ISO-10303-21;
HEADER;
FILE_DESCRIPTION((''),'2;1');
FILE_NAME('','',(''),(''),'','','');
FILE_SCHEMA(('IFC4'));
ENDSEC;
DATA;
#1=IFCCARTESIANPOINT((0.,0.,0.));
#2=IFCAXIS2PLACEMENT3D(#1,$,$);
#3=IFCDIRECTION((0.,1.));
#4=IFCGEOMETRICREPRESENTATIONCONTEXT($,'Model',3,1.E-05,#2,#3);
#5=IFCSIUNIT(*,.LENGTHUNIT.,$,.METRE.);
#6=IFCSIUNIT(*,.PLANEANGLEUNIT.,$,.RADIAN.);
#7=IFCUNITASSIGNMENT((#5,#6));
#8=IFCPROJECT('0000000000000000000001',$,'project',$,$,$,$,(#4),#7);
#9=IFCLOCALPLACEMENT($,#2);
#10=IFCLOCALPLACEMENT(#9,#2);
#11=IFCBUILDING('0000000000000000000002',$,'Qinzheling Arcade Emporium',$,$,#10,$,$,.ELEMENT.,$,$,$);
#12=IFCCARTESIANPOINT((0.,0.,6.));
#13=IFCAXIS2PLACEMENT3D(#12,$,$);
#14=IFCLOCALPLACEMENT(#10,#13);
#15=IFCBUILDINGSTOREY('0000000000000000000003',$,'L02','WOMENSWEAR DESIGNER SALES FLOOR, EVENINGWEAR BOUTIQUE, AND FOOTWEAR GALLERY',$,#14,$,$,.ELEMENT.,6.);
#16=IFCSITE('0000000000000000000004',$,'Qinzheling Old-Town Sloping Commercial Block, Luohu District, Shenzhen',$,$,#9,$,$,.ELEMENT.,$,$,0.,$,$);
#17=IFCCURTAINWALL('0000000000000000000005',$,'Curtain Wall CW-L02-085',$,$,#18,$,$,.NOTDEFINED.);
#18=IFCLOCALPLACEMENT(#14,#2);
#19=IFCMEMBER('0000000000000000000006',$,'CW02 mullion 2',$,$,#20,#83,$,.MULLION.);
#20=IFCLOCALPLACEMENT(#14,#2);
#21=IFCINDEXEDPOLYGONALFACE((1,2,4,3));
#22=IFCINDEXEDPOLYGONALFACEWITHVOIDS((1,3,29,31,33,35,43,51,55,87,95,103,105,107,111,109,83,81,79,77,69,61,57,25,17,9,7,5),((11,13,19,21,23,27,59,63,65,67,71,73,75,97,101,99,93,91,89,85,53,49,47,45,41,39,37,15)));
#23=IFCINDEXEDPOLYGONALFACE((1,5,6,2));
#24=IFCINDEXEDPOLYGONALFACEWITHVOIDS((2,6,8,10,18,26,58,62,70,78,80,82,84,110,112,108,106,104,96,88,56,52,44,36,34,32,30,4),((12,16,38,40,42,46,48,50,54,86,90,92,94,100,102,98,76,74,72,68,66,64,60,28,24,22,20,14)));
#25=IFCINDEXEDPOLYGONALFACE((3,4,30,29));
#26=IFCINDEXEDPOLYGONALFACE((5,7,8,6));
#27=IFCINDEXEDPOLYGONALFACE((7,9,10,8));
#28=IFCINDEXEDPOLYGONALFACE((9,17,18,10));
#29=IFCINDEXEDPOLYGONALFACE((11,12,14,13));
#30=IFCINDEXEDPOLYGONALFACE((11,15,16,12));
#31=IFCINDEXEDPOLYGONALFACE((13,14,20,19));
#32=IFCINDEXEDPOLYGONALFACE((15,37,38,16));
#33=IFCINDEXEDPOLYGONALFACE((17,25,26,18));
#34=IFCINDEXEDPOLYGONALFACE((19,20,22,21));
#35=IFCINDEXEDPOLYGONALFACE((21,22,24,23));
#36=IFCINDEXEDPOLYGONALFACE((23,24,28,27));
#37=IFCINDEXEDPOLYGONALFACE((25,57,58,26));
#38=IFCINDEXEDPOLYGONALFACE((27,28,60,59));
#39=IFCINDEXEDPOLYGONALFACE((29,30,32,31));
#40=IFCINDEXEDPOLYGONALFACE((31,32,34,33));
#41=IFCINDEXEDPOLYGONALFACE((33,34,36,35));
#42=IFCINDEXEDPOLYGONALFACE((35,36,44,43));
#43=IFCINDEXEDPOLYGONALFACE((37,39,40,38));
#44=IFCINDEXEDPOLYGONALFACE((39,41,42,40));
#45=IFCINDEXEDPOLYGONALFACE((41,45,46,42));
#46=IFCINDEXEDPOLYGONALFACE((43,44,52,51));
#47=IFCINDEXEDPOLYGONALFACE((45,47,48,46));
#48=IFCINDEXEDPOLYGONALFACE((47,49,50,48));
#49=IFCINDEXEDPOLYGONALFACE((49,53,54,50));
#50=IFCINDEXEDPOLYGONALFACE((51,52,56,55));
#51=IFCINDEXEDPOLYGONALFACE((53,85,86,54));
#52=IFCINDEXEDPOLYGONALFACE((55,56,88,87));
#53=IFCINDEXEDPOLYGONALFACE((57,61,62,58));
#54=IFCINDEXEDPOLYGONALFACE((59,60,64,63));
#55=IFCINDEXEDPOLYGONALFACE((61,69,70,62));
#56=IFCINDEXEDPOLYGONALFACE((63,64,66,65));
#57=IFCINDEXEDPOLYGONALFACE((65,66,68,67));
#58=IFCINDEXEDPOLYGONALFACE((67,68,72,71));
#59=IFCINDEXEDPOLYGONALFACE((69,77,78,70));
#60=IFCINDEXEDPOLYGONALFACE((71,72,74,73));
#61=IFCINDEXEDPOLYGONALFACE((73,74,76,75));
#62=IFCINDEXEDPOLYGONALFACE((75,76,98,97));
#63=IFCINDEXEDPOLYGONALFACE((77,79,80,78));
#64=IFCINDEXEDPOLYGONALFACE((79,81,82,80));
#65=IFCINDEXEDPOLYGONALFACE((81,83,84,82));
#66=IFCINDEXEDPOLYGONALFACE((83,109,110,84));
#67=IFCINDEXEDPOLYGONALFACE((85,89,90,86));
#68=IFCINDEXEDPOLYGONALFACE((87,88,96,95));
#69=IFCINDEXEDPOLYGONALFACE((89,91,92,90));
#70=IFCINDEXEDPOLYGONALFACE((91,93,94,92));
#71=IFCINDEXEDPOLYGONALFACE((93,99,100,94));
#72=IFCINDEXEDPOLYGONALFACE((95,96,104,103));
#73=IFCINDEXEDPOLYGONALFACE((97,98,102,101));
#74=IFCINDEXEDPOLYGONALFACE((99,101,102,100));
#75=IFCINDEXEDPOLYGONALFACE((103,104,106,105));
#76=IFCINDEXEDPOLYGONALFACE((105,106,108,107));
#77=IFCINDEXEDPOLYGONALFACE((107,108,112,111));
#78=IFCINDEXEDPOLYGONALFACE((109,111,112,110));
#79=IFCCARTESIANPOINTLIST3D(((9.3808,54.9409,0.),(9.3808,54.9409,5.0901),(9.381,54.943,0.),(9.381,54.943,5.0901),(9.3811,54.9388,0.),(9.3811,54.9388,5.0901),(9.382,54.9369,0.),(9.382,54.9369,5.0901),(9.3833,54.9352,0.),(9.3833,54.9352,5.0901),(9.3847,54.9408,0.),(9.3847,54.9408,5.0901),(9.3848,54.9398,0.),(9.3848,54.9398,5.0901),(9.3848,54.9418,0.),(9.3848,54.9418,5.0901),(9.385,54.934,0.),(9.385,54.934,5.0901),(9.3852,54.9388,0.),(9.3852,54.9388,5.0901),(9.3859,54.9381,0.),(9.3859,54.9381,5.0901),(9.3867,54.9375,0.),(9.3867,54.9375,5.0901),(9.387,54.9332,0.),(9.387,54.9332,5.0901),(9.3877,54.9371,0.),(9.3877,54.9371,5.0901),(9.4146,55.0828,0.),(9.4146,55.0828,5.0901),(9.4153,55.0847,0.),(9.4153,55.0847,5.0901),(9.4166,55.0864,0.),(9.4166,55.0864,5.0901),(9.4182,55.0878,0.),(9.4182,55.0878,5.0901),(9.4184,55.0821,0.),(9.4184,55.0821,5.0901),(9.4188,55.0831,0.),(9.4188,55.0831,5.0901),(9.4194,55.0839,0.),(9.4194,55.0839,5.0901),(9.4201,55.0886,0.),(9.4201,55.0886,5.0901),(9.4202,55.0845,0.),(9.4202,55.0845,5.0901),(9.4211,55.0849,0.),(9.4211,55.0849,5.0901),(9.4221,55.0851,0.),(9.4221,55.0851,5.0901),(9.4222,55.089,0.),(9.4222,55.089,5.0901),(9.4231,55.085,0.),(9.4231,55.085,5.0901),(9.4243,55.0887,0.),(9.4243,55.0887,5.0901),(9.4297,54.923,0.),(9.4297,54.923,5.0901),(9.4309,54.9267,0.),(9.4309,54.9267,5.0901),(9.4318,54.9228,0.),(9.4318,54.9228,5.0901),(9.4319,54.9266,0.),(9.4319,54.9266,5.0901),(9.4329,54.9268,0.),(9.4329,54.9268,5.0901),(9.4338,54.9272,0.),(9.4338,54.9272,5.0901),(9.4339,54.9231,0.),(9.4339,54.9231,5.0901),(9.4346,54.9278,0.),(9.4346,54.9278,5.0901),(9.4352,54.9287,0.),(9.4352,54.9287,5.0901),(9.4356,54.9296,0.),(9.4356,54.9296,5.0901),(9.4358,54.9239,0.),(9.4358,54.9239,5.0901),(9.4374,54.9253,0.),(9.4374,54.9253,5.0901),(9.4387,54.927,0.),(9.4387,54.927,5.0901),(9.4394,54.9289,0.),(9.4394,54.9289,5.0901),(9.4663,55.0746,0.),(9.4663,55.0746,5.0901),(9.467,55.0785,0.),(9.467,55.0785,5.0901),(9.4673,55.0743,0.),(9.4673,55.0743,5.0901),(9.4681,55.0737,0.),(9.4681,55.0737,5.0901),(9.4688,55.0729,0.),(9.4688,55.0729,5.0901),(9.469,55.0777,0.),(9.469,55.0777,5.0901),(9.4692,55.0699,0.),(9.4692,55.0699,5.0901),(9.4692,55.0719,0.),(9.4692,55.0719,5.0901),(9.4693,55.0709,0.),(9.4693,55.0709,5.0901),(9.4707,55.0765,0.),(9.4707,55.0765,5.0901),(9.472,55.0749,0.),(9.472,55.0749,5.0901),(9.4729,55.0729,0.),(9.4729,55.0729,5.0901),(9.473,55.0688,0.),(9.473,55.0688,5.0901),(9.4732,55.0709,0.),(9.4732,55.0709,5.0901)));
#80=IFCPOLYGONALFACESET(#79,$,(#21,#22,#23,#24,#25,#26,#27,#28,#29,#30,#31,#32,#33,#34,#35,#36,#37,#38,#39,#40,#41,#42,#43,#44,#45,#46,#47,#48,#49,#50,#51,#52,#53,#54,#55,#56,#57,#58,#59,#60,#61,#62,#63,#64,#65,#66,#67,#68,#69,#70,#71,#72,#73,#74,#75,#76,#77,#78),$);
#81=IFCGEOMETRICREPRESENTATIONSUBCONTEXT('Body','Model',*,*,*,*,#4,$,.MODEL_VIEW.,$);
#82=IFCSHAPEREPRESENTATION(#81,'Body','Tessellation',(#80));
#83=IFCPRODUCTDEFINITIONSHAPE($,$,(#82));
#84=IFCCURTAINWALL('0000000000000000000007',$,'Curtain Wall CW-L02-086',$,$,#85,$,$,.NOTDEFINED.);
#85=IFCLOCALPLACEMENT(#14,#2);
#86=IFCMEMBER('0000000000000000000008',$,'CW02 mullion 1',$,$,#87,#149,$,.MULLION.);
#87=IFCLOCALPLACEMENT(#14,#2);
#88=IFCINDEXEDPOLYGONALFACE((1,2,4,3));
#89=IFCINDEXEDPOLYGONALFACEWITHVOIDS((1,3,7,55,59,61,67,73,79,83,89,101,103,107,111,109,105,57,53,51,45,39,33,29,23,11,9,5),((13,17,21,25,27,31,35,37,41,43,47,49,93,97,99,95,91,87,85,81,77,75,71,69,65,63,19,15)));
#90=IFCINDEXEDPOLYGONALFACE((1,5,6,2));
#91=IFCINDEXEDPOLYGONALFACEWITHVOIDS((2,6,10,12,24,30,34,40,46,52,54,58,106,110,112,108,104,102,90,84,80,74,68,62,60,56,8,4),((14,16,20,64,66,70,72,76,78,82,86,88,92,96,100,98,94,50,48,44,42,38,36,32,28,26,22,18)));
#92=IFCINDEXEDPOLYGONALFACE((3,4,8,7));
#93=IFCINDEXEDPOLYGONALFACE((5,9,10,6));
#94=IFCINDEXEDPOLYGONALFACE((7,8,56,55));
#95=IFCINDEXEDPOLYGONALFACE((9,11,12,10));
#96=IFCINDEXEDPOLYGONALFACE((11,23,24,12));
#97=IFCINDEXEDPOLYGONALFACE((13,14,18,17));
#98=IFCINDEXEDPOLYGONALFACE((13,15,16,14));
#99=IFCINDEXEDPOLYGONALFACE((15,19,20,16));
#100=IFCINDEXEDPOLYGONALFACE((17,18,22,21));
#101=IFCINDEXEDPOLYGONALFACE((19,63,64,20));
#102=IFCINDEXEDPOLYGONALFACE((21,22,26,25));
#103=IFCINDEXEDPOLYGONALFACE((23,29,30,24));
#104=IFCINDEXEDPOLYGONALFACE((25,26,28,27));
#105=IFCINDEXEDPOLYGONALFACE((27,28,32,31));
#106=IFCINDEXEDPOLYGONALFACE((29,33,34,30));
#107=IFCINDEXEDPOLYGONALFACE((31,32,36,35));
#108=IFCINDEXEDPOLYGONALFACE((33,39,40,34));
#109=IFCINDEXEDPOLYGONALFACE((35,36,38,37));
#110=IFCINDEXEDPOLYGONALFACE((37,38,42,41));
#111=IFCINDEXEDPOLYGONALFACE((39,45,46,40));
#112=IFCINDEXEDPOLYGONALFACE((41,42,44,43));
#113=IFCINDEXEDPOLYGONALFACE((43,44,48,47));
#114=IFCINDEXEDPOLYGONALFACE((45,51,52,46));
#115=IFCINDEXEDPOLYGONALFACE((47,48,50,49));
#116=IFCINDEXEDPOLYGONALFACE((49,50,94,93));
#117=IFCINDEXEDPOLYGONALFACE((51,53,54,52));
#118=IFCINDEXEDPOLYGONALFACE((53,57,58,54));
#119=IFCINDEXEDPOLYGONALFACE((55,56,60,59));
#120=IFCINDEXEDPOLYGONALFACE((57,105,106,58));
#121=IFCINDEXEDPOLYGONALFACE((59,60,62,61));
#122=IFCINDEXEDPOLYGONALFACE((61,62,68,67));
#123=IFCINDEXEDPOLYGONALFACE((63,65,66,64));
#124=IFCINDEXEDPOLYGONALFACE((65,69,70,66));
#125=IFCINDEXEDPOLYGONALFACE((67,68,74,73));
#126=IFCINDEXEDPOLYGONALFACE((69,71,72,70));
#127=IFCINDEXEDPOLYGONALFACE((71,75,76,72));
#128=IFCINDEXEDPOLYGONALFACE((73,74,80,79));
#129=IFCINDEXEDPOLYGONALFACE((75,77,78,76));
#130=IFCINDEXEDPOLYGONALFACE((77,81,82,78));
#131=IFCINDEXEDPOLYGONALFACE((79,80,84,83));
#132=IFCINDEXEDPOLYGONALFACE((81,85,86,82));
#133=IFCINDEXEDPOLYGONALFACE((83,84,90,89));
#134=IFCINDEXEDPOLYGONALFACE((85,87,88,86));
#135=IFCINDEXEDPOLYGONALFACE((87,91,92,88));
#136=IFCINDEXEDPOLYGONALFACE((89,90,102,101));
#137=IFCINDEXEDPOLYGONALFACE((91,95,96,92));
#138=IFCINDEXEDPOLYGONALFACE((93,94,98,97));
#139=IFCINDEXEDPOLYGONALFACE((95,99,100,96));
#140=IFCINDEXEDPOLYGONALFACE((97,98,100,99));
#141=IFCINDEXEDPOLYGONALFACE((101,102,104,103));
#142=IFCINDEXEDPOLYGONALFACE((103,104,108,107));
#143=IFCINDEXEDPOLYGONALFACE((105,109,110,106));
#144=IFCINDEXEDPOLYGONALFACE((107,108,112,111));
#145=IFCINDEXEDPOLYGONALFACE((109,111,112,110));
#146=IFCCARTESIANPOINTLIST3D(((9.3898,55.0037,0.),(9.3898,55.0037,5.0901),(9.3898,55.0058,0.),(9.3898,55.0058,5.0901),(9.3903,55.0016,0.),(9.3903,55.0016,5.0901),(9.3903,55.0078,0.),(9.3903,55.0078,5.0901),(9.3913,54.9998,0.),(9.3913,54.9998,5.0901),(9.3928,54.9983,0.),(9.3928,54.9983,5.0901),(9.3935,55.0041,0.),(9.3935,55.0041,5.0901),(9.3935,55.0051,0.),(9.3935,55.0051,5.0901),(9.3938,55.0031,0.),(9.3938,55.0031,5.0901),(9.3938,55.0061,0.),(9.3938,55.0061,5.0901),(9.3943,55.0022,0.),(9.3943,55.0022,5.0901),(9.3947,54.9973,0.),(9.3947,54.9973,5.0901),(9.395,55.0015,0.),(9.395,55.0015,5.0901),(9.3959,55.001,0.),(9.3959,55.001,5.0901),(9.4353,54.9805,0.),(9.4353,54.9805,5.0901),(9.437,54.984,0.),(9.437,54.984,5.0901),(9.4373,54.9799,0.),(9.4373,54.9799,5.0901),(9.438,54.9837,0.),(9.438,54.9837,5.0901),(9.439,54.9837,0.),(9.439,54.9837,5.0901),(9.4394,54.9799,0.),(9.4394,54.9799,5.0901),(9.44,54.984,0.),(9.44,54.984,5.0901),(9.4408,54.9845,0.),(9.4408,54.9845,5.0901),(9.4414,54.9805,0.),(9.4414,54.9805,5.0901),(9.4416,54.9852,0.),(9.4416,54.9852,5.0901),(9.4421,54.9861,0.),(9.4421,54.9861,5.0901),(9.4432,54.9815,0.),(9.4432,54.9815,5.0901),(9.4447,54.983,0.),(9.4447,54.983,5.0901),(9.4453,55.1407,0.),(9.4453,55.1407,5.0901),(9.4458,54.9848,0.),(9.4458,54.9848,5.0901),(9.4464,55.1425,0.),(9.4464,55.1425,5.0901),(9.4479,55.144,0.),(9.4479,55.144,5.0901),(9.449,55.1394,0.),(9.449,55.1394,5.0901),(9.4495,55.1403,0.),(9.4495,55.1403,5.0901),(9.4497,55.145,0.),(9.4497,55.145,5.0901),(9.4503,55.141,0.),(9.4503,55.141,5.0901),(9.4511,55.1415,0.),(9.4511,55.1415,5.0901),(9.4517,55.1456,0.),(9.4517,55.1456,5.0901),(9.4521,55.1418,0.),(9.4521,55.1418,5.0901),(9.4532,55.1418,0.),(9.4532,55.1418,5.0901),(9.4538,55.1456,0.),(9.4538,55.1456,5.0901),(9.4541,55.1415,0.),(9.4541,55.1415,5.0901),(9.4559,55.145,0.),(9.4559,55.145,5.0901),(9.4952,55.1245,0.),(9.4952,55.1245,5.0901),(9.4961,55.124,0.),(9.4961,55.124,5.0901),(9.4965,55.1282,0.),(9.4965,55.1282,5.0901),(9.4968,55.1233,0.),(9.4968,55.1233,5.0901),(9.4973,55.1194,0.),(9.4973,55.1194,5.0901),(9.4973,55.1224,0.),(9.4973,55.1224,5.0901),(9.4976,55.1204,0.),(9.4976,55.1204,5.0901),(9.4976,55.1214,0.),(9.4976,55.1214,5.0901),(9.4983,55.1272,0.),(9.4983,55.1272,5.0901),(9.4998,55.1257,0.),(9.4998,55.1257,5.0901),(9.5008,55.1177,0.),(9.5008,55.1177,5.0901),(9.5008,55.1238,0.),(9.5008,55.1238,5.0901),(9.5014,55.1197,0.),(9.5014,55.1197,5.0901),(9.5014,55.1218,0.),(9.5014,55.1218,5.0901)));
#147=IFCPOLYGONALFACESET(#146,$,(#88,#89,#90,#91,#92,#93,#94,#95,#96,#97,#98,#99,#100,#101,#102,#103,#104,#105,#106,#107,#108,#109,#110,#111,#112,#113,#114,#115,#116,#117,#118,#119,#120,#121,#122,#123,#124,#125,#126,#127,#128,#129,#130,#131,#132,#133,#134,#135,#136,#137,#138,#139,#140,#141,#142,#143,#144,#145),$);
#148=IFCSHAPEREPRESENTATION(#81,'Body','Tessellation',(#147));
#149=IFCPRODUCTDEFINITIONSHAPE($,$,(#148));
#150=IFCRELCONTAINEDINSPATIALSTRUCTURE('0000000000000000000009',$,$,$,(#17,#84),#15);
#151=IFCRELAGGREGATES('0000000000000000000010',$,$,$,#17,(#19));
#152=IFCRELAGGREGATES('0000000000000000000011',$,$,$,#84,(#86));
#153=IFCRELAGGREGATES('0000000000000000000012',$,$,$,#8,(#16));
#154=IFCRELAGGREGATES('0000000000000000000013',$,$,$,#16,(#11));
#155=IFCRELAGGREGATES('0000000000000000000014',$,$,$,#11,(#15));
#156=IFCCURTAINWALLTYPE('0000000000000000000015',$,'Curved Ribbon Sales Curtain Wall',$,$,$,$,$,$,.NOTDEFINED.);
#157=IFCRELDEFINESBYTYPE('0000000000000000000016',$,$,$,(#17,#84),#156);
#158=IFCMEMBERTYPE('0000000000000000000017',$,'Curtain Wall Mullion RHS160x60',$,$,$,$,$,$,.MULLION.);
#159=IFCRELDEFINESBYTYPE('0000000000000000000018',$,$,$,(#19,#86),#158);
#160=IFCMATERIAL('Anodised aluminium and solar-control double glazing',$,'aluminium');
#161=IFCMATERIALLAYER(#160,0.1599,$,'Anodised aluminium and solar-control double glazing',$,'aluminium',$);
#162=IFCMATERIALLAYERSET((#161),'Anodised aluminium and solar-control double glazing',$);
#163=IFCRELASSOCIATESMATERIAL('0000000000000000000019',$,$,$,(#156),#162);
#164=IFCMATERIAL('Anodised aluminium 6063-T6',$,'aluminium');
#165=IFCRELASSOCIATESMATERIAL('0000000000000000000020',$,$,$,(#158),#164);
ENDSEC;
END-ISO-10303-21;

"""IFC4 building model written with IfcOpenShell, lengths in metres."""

from ifc_helpers import new_model, si_unit, direction, frame, origin, origin_2d, place, context, subcontext, project, spatial, hollow_rectangle, extrude, material, layer, layer_set, material_profile, profile_set, type_object, element, aggregate, save


model = new_model("IFC4")

# Units and contexts
model_context = context("Model", 3, precision=1e-05, world=origin(), true_north=direction((0.0, 1.0)))
body_context = subcontext(model_context, "Body", "Model", "MODEL_VIEW")
ifc_project = project(units=[si_unit("LENGTHUNIT", "METRE"), si_unit("PLANEANGLEUNIT", "RADIAN")], contexts=[model_context])

# Site, building, storey
site_placement = place(None, origin())
site = spatial("IfcSite", under=ifc_project, at=site_placement, Name="Qinzheling Old-Town Sloping Commercial Block, Luohu District, Shenzhen", CompositionType="ELEMENT", RefElevation=0.0)
building_placement = place(site_placement, origin())
building = spatial("IfcBuilding", under=site, at=building_placement, Name="Qinzheling Arcade Emporium", CompositionType="ELEMENT")
storey_placement = place(building_placement, frame((0.0, 0.0, 6.0)))
storey = spatial("IfcBuildingStorey", under=building, at=storey_placement, Name="L02", Description="WOMENSWEAR DESIGNER SALES FLOOR, EVENINGWEAR BOUTIQUE, AND FOOTWEAR GALLERY", CompositionType="ELEMENT", Elevation=6.0)

# Curtain wall, member
ifc_material_1 = material(Name="Anodised aluminium and solar-control double glazing", Category="aluminium")
ifc_layer_1 = layer(ifc_material_1, 0.1599, Name="Anodised aluminium and solar-control double glazing", Category="aluminium")
ifc_layer_set_1 = layer_set([ifc_layer_1], Name="Anodised aluminium and solar-control double glazing")
curtain_wall_type = type_object("IfcCurtainWallType", Name="Curved Ribbon Sales Curtain Wall", PredefinedType="NOTDEFINED", material=ifc_layer_set_1)
curtain_wall_1_placement = place(storey_placement, origin())
curtain_wall_1 = element("IfcCurtainWall", 1, at=curtain_wall_1_placement, inside=storey, type_object=curtain_wall_type, Name="Curtain Wall CW-L02-085", PredefinedType="NOTDEFINED")
ifc_material_2 = material(Name="Anodised aluminium 6063-T6", Category="aluminium")
ifc_material_profile_1 = material_profile(ifc_material_2, hollow_rectangle(XDim=0.0601, YDim=0.1599, WallThickness=0.0039, InnerFilletRadius=0.0039, OuterFilletRadius=0.0081, at=origin_2d()), Name="RHS 160x60x4", Category="aluminium")
ifc_profile_set_1 = profile_set([ifc_material_profile_1], Name="Anodised aluminium 6063-T6")
member_type_1 = type_object("IfcMemberType", Name="Curtain Wall Mullion RHS160x60", PredefinedType="MULLION", material=ifc_profile_set_1)
member_1_placement = place(storey_placement, frame((9.427, 55.0059, 0.0), z_axis=(0.0, 0.0, 1.0), x_axis=(-0.972399, 0.233325, 0.0)))
member_1 = element("IfcMember", 2, at=member_1_placement, type_object=member_type_1, Name="CW02 mullion 2", PredefinedType="MULLION", context=body_context, shape_type="SweptSolid", body=[
    extrude(hollow_rectangle(XDim=0.0601, YDim=0.1599, WallThickness=0.0039, InnerFilletRadius=0.0039, OuterFilletRadius=0.0081, at=origin_2d()), origin(), (0.0, 0.0, 1.0), 5.0901),
])

# Curtain wall, member
curtain_wall_2_placement = place(storey_placement, origin())
curtain_wall_2 = element("IfcCurtainWall", 3, at=curtain_wall_2_placement, inside=storey, type_object=curtain_wall_type, Name="Curtain Wall CW-L02-086", PredefinedType="NOTDEFINED")
member_2_placement = place(storey_placement, frame((9.4456, 55.0627, 0.0), z_axis=(0.0, 0.0, 1.0), x_axis=(-0.923867, 0.382714, 0.0)))
member_2 = element("IfcMember", 4, at=member_2_placement, type_object=member_type_1, Name="CW02 mullion 1", PredefinedType="MULLION", context=body_context, shape_type="SweptSolid", body=[
    extrude(hollow_rectangle(XDim=0.0601, YDim=0.1599, WallThickness=0.0039, InnerFilletRadius=0.0039, OuterFilletRadius=0.0081, at=origin_2d()), origin(), (0.0, 0.0, 1.0), 5.0901),
])

aggregate(curtain_wall_1, [member_1])
aggregate(curtain_wall_2, [member_2])

save(model, "model.ifc")
